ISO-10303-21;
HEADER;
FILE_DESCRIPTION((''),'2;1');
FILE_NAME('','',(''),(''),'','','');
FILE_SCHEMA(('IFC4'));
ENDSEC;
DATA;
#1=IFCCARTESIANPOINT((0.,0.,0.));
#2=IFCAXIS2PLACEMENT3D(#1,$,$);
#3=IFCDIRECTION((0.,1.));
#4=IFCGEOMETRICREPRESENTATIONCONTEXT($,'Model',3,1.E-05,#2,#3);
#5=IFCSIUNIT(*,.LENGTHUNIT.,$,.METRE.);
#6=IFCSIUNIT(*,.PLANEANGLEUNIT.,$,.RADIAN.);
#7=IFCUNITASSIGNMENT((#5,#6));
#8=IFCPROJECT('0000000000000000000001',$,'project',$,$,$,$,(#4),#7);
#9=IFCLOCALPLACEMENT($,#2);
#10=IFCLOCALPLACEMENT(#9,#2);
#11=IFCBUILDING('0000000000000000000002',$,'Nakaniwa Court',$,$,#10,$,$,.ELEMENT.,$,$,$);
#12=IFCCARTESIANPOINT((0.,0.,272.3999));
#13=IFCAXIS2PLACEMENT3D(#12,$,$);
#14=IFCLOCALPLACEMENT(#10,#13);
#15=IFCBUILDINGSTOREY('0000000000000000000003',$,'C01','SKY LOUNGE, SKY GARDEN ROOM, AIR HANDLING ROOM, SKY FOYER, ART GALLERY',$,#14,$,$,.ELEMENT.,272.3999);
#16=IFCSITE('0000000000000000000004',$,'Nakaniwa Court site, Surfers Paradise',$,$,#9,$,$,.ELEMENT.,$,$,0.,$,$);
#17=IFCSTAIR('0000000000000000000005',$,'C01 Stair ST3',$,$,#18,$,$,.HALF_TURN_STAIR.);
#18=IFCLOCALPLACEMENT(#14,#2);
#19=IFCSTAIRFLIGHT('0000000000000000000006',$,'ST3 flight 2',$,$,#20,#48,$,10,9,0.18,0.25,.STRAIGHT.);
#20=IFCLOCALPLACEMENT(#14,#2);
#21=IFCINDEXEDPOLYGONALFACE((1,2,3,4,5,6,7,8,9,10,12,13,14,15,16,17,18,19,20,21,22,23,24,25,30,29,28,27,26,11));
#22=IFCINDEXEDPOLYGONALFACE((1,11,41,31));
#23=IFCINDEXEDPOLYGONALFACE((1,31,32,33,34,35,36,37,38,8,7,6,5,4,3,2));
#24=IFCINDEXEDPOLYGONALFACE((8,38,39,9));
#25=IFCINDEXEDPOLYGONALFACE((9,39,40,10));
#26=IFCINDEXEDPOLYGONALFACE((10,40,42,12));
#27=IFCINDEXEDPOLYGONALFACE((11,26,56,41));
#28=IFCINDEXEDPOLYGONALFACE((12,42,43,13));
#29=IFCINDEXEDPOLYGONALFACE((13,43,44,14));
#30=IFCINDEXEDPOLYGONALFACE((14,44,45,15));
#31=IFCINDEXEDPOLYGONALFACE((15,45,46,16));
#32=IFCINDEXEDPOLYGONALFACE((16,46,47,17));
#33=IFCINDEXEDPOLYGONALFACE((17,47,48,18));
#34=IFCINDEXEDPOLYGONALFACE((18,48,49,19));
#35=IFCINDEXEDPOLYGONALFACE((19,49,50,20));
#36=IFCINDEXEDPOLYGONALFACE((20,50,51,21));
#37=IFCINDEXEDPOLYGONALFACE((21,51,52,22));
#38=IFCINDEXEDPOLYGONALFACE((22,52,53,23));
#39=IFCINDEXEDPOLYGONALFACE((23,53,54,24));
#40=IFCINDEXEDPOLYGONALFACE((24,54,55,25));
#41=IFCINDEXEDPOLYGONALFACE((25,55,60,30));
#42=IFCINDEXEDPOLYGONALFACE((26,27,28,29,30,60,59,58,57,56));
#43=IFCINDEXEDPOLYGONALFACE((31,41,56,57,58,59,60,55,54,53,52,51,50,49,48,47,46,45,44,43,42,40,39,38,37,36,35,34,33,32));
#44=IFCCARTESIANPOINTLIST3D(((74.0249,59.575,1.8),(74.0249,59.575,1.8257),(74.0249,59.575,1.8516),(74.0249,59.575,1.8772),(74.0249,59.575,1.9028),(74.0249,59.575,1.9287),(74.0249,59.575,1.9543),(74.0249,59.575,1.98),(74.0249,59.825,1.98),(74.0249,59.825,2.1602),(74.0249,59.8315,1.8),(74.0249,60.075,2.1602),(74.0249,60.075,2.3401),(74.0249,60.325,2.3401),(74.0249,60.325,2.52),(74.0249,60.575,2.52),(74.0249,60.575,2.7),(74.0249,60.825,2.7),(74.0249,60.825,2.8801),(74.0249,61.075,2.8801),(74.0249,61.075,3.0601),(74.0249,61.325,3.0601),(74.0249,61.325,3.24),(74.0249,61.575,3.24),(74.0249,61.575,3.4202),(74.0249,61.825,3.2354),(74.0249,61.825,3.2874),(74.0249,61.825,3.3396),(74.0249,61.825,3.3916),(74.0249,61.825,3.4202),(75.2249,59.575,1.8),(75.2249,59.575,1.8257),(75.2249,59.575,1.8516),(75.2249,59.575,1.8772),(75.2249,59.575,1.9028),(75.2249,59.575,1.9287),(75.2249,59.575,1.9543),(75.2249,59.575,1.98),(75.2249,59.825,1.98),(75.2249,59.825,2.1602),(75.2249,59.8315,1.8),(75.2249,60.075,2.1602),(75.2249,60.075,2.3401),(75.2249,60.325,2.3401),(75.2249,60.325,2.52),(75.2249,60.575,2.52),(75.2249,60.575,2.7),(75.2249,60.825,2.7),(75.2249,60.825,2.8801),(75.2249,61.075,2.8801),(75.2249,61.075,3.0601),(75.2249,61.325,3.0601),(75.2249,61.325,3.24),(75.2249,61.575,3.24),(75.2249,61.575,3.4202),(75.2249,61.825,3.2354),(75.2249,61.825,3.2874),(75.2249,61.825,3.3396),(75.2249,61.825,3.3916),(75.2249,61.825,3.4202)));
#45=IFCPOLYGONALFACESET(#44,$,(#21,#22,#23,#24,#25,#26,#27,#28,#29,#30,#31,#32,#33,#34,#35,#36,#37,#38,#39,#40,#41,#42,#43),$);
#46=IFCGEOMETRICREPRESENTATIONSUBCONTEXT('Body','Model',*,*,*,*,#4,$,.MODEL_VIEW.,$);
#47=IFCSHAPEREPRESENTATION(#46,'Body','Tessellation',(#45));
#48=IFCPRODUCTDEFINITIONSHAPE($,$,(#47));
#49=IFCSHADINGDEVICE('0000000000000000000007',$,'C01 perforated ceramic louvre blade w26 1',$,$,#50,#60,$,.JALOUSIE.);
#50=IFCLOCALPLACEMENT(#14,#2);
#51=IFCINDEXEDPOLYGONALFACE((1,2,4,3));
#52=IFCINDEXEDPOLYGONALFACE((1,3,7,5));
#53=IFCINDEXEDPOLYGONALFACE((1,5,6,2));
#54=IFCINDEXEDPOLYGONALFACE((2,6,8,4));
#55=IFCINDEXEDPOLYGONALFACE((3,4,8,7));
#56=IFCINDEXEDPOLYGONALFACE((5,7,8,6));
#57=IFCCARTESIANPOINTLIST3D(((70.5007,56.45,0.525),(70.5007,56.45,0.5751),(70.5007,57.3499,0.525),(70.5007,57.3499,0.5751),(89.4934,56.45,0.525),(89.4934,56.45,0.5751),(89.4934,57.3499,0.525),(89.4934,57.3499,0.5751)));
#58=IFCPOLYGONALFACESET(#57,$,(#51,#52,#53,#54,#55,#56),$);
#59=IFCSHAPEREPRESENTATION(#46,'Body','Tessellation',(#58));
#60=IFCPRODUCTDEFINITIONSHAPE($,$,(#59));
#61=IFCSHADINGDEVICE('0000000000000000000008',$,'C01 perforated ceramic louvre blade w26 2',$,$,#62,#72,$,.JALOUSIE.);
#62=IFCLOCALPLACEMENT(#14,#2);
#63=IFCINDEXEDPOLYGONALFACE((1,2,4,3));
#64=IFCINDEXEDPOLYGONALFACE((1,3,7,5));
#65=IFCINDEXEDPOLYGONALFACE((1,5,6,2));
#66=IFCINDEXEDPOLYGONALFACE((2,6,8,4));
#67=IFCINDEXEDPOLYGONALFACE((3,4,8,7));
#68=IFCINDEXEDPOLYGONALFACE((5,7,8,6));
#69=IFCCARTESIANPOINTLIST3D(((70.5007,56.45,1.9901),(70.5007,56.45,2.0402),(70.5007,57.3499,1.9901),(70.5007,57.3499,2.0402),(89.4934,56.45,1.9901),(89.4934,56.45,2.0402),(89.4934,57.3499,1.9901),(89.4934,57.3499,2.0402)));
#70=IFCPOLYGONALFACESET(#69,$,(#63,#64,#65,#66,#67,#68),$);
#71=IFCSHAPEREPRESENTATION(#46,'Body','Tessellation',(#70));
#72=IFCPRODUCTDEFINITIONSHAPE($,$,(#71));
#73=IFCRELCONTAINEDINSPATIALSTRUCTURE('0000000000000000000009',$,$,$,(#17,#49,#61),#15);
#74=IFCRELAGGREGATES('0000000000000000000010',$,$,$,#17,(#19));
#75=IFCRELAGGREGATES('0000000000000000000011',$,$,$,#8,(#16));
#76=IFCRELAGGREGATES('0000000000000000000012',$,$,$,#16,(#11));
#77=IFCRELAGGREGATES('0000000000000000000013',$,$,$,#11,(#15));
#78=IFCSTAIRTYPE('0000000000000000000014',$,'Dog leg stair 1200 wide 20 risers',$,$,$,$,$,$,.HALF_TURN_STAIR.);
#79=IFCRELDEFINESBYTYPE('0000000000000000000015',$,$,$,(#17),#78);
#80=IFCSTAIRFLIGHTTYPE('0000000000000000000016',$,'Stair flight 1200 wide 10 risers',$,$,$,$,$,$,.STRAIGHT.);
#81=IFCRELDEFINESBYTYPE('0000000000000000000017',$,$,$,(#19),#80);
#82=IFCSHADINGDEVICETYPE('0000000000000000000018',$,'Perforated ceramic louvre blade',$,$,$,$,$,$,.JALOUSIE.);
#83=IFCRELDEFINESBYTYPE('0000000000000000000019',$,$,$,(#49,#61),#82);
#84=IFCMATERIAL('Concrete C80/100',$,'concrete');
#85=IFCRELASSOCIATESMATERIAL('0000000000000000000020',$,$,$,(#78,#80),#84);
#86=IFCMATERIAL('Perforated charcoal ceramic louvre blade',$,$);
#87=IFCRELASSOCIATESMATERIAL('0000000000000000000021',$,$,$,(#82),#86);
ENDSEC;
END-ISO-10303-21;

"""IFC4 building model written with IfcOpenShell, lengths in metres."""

from ifc_helpers import new_model, si_unit, direction, frame, origin, origin_2d, place, context, subcontext, project, spatial, polyline, rectangle, outline, extrude, material, material_profile, profile_set, type_object, element, aggregate, save


model = new_model("IFC4")

# Units and contexts
model_context = context("Model", 3, precision=1e-05, world=origin(), true_north=direction((0.0, 1.0)))
body_context = subcontext(model_context, "Body", "Model", "MODEL_VIEW")
ifc_project = project(units=[si_unit("LENGTHUNIT", "METRE"), si_unit("PLANEANGLEUNIT", "RADIAN")], contexts=[model_context])

# Site, building, storey
site_placement = place(None, origin())
site = spatial("IfcSite", under=ifc_project, at=site_placement, Name="Nakaniwa Court site, Surfers Paradise", CompositionType="ELEMENT", RefElevation=0.0)
building_placement = place(site_placement, origin())
building = spatial("IfcBuilding", under=site, at=building_placement, Name="Nakaniwa Court", CompositionType="ELEMENT")
storey_placement = place(building_placement, frame((0.0, 0.0, 272.3999)))
storey = spatial("IfcBuildingStorey", under=building, at=storey_placement, Name="C01", Description="SKY LOUNGE, SKY GARDEN ROOM, AIR HANDLING ROOM, SKY FOYER, ART GALLERY", CompositionType="ELEMENT", Elevation=272.3999)

# Shared definitions
ifc_material_1 = material(Name="Concrete C80/100", Category="concrete")

# Stair, stair flight
stair_type = type_object("IfcStairType", Name="Dog leg stair 1200 wide 20 risers", PredefinedType="HALF_TURN_STAIR", material=ifc_material_1)
stair_placement = place(storey_placement, origin())
stair = element("IfcStair", 1, at=stair_placement, inside=storey, type_object=stair_type, Name="C01 Stair ST3", PredefinedType="HALF_TURN_STAIR")
stair_flight_type = type_object("IfcStairFlightType", Name="Stair flight 1200 wide 10 risers", PredefinedType="STRAIGHT", material=ifc_material_1)
stair_flight_1_placement = place(storey_placement, frame((74.625, 59.575, 1.8), z_axis=(0.0, 0.0, 1.0), x_axis=(0.0, 1.0, 0.0)))
stair_flight_1 = element("IfcStairFlight", 2, at=stair_flight_1_placement, type_object=stair_flight_type, Name="ST3 flight 2", NumberOfRisers=10, NumberOfTreads=9, PredefinedType="STRAIGHT", RiserHeight=0.18, TreadLength=0.25, context=body_context, shape_type="SweptSolid", body=[
    extrude(outline(polyline([(0.0, 0.0), (0.0, 0.0256), (0.0, 0.0515), (0.0, 0.0771), (0.0, 0.1028), (0.0, 0.1287), (0.0, 0.1543), (0.0, 0.1799), (0.25, 0.1799), (0.25, 0.3601), (0.5, 0.3601), (0.5, 0.54), (0.75, 0.54), (0.75, 0.72), (1.0, 0.72), (1.0, 0.8999), (1.25, 0.8999), (1.25, 1.0801), (1.5, 1.0801), (1.5, 1.26), (1.75, 1.26), (1.75, 1.4399), (2.0, 1.4399), (2.0, 1.6201), (2.25, 1.6201), (2.25, 1.8), (2.25, 1.7478), (2.25, 1.6958), (2.25, 1.6438), (2.25, 1.5916), (2.25, 1.5396), (2.25, 1.4873), (2.25, 1.4353), (0.2566, 0.0), (0.0, 0.0)])), frame((0.0, 0.6001, 0.0), z_axis=(0.0, -1.0, 0.0), x_axis=(1.0, 0.0, 0.0)), (0.0, 0.0, 1.0), 1.2),
])
aggregate(stair, [stair_flight_1])

# Shading devices
ifc_material_2 = material(Name="Perforated charcoal ceramic louvre blade")
ifc_material_profile_1 = material_profile(ifc_material_2, rectangle(XDim=0.8999, YDim=0.05, at=origin_2d()), Name="Perforated ceramic louvre blade")
ifc_profile_set_1 = profile_set([ifc_material_profile_1], Name="Perforated charcoal ceramic louvre blade")
shading_device_type = type_object("IfcShadingDeviceType", Name="Perforated ceramic louvre blade", PredefinedType="JALOUSIE", material=ifc_profile_set_1)
for number, where, z_axis, x_axis, name in (
    (3, (70.5007, 56.8999, 0.55), (1.0, 0.0, 0.0), (0.0, 1.0, 0.0), "C01 perforated ceramic louvre blade w26 1"),
    (4, (70.5007, 56.8999, 2.0151), (1.0, 0.0, 0.0), (0.0, 1.0, 0.0), "C01 perforated ceramic louvre blade w26 2"),
):
    element("IfcShadingDevice", number, at=place(storey_placement, frame(where, z_axis=z_axis, x_axis=x_axis)), inside=storey, type_object=shading_device_type, Name=name, PredefinedType="JALOUSIE", context=body_context, shape_type="SweptSolid", body=[
        extrude(rectangle(XDim=0.8999, YDim=0.05, at=origin_2d()), origin(), (0.0, 0.0, 1.0), 18.9927),
    ])

save(model, "model.ifc")
